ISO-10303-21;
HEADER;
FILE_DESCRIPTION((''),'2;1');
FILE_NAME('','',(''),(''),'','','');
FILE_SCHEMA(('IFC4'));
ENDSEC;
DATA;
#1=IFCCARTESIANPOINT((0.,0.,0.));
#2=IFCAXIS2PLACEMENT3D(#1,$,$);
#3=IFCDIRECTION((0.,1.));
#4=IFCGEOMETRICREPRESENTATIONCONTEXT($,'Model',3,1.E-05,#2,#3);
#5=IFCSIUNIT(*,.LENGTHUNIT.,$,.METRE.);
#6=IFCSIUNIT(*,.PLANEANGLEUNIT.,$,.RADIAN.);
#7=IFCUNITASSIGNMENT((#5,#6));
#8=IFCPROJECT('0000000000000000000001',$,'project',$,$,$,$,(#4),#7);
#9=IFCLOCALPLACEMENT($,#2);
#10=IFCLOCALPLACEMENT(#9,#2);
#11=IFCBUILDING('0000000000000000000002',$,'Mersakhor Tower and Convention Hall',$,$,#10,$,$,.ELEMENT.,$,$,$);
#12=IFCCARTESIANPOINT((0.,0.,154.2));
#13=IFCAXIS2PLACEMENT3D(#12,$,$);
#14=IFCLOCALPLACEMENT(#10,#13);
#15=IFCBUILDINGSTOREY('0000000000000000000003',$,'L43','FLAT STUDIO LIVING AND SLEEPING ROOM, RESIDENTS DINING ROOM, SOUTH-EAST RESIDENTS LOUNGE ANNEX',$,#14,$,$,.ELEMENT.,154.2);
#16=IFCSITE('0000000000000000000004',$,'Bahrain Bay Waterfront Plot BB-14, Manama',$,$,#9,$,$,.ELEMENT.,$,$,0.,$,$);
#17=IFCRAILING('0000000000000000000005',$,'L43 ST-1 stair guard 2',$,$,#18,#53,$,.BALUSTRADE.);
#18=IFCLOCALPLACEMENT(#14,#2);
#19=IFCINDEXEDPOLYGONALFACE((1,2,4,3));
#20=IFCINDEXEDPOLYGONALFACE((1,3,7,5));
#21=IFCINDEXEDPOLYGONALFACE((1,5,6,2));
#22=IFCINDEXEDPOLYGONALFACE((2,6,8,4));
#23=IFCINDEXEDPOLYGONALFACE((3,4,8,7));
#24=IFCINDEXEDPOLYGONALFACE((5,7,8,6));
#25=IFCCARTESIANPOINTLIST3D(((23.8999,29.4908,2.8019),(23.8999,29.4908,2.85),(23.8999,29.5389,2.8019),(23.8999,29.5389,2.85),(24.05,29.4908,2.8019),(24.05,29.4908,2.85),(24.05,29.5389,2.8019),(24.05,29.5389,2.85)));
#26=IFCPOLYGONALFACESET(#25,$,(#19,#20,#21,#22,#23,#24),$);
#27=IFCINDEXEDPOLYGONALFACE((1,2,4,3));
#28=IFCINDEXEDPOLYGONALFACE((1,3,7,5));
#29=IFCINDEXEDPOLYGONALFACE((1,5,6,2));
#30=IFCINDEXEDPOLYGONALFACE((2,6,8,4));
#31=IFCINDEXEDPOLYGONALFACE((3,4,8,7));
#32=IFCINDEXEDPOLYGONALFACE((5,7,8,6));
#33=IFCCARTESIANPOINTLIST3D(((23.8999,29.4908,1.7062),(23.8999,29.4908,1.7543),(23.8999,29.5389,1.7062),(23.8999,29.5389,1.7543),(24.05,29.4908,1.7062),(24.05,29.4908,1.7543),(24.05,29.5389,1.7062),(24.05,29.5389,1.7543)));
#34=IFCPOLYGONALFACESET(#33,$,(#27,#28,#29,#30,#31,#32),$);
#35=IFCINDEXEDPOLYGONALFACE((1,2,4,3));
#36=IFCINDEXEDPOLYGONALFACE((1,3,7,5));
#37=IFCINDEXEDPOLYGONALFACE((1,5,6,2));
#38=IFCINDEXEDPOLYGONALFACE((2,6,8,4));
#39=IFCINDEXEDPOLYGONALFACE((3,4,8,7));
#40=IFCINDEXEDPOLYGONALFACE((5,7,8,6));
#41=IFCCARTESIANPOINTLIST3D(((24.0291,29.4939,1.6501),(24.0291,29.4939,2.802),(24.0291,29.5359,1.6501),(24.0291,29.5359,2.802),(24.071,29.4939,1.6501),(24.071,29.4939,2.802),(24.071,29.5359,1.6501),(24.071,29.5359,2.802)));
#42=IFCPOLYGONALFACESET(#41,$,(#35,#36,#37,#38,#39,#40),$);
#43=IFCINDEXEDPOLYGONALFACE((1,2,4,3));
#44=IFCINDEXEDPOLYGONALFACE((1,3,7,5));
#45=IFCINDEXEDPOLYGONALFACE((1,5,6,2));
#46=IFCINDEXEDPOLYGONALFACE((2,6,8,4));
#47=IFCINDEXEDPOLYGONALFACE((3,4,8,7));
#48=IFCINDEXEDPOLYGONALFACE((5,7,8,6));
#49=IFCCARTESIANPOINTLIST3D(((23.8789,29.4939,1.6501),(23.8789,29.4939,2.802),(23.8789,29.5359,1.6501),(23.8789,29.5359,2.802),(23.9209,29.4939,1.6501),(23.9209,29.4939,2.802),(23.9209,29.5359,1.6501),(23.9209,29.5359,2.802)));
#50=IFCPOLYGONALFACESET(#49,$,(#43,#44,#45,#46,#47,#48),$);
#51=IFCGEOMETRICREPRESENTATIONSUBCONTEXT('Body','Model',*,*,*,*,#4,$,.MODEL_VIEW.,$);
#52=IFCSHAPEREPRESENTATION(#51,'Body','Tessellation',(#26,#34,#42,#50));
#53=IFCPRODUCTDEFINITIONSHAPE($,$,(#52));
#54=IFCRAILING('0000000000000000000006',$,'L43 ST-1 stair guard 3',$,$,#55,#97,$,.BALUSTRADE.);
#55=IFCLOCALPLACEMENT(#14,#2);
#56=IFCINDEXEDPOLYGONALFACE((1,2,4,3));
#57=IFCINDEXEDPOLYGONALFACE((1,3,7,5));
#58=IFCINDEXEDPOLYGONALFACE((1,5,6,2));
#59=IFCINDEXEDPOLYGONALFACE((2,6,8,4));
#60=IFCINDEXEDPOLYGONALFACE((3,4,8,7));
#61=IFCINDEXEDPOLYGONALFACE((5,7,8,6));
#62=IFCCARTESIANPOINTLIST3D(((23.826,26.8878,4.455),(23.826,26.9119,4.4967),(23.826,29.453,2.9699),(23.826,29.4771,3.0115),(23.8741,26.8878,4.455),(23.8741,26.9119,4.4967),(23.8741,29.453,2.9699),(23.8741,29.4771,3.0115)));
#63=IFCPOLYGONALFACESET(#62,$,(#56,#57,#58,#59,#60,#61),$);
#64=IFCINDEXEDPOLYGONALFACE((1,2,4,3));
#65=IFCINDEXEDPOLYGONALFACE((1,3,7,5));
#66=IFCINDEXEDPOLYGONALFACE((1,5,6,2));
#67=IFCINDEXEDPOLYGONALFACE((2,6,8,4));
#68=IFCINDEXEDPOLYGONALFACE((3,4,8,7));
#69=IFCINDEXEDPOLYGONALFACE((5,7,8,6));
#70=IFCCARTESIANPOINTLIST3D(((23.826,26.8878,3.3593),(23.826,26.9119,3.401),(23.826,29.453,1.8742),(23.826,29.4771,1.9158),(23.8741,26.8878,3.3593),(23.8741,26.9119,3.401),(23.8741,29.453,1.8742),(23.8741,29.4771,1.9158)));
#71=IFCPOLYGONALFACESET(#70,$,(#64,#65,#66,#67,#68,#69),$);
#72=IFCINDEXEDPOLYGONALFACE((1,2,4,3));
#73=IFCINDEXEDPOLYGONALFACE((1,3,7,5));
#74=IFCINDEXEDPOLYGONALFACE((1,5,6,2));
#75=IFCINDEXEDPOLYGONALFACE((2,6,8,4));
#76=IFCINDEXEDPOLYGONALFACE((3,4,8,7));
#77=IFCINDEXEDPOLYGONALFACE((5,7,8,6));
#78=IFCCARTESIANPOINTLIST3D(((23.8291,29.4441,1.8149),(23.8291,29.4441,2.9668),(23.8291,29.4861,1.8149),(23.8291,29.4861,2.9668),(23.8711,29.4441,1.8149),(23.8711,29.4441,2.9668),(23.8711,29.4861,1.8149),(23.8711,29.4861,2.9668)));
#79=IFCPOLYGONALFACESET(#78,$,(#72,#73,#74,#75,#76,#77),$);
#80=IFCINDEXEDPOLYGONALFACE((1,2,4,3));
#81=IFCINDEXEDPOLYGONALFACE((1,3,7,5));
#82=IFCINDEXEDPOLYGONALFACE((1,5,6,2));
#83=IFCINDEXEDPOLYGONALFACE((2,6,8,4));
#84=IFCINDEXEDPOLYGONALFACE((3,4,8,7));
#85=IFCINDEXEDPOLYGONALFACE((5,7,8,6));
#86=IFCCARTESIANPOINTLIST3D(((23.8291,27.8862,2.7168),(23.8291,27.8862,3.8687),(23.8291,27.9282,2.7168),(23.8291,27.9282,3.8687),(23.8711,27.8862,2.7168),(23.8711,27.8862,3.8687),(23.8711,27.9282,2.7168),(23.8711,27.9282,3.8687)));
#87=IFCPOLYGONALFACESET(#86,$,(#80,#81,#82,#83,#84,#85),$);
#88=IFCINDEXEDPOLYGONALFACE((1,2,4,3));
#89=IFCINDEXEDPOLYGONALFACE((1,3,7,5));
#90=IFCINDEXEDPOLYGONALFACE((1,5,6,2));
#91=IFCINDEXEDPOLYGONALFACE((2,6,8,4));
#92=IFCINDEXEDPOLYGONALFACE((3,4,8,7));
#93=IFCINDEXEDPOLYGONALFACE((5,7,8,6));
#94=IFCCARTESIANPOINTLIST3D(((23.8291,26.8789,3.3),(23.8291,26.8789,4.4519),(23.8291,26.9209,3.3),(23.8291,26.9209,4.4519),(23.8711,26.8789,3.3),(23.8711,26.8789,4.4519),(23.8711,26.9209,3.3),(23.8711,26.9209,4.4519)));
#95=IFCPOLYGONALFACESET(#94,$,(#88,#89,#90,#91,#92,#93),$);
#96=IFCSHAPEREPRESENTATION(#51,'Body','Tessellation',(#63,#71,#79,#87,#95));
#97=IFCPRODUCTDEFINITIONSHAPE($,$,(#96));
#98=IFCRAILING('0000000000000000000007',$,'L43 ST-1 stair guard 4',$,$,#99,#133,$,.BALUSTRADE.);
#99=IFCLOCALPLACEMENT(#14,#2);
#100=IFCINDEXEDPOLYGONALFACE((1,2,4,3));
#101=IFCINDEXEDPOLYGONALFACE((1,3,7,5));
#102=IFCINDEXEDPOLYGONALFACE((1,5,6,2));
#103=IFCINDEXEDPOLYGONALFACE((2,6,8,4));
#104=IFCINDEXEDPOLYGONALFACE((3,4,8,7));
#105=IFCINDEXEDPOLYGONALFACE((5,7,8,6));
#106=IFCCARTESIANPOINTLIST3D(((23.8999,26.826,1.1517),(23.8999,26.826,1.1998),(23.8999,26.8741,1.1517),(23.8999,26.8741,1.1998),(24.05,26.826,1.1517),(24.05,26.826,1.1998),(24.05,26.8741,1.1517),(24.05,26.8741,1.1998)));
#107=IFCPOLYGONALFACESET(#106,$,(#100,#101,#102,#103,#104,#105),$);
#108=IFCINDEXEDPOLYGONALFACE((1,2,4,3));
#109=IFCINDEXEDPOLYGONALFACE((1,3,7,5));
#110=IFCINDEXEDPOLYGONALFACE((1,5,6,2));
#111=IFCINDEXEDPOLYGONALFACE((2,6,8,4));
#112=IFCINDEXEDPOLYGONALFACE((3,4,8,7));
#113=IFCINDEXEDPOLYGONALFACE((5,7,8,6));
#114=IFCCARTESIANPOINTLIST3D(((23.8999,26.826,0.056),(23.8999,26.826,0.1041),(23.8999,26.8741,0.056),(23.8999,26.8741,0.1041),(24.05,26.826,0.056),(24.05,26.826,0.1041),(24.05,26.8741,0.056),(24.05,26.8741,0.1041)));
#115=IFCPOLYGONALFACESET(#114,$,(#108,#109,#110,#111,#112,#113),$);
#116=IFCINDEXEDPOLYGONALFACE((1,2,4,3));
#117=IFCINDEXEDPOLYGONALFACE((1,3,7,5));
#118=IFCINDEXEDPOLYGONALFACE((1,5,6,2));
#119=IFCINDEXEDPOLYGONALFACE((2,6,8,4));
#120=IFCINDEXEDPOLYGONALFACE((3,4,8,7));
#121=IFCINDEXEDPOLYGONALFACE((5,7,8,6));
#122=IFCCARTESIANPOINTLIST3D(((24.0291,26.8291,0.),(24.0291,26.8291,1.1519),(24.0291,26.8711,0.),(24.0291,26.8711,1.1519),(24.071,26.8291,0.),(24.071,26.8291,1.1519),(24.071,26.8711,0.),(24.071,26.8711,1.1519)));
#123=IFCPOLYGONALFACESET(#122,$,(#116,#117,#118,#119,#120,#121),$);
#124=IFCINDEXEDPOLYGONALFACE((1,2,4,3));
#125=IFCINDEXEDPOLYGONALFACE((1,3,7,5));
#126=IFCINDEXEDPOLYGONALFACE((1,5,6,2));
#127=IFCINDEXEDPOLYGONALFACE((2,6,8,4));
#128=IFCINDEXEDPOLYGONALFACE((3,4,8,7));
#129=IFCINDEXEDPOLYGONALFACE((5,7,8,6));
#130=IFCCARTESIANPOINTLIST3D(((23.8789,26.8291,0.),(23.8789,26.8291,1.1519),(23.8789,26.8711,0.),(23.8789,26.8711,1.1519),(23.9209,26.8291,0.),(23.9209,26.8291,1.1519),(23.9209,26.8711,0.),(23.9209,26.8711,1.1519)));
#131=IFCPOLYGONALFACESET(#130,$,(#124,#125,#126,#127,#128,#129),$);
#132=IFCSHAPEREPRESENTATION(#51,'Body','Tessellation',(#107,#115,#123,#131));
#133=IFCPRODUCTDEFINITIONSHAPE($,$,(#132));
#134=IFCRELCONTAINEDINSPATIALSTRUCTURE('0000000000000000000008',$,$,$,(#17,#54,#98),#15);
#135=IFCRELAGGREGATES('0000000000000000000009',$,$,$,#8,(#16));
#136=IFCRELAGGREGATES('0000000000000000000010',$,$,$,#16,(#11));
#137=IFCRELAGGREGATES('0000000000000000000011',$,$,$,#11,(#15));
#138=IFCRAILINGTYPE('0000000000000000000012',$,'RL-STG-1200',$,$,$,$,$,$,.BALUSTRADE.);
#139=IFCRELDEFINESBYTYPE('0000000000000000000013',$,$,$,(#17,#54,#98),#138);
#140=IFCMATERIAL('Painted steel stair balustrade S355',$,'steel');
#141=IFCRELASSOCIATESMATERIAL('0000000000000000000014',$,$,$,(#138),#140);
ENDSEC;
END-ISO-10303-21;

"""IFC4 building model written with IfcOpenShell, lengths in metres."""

from ifc_helpers import new_model, si_unit, direction, frame, origin, origin_2d, place, context, subcontext, project, spatial, rectangle, extrude, material, type_object, element, save


model = new_model("IFC4")

# Units and contexts
model_context = context("Model", 3, precision=1e-05, world=origin(), true_north=direction((0.0, 1.0)))
body_context = subcontext(model_context, "Body", "Model", "MODEL_VIEW")
ifc_project = project(units=[si_unit("LENGTHUNIT", "METRE"), si_unit("PLANEANGLEUNIT", "RADIAN")], contexts=[model_context])

# Site, building, storey
site_placement = place(None, origin())
site = spatial("IfcSite", under=ifc_project, at=site_placement, Name="Bahrain Bay Waterfront Plot BB-14, Manama", CompositionType="ELEMENT", RefElevation=0.0)
building_placement = place(site_placement, origin())
building = spatial("IfcBuilding", under=site, at=building_placement, Name="Mersakhor Tower and Convention Hall", CompositionType="ELEMENT")
storey_placement = place(building_placement, frame((0.0, 0.0, 154.2)))
storey = spatial("IfcBuildingStorey", under=building, at=storey_placement, Name="L43", Description="FLAT STUDIO LIVING AND SLEEPING ROOM, RESIDENTS DINING ROOM, SOUTH-EAST RESIDENTS LOUNGE ANNEX", CompositionType="ELEMENT", Elevation=154.2)

# Railings
ifc_material_1 = material(Name="Painted steel stair balustrade S355", Category="steel")
railing_type_1 = type_object("IfcRailingType", Name="RL-STG-1200", PredefinedType="BALUSTRADE", material=ifc_material_1)
railing_1_placement = place(storey_placement, frame((24.05, 29.5149, 1.6501)))
element("IfcRailing", 1, at=railing_1_placement, inside=storey, type_object=railing_type_1, Name="L43 ST-1 stair guard 2", PredefinedType="BALUSTRADE", context=body_context, shape_type="SweptSolid", body=[
    extrude(rectangle(XDim=0.0481, YDim=0.0481, at=origin_2d()), frame((0.0, 0.0, 1.1758), z_axis=(-1.0, 0.0, 0.0), x_axis=(0.0, -1.0, 0.0)), (0.0, 0.0, 1.0), 0.1501),
    extrude(rectangle(XDim=0.0481, YDim=0.0481, at=origin_2d()), frame((0.0, 0.0, 0.0801), z_axis=(-1.0, 0.0, 0.0), x_axis=(0.0, -1.0, 0.0)), (0.0, 0.0, 1.0), 0.1501),
    extrude(rectangle(XDim=0.042, YDim=0.042, at=origin_2d()), origin(), (0.0, 0.0, 1.0), 1.1519),
    extrude(rectangle(XDim=0.042, YDim=0.042, at=origin_2d()), frame((-0.1501, 0.0, 0.0)), (0.0, 0.0, 1.0), 1.1519),
])
railing_2_placement = place(storey_placement, frame((23.8501, 29.4651, 1.8149)))
element("IfcRailing", 2, at=railing_2_placement, inside=storey, type_object=railing_type_1, Name="L43 ST-1 stair guard 3", PredefinedType="BALUSTRADE", context=body_context, shape_type="SweptSolid", body=[
    extrude(rectangle(XDim=0.0481, YDim=0.0481, at=origin_2d()), frame((0.0, 0.0, 1.1758), z_axis=(0.0, -0.865426, 0.501036), x_axis=(1.0, 0.0, 0.0)), (0.0, 0.0, 1.0), 2.9641),
    extrude(rectangle(XDim=0.0481, YDim=0.0481, at=origin_2d()), frame((0.0, 0.0, 0.0801), z_axis=(0.0, -0.865426, 0.501036), x_axis=(1.0, 0.0, 0.0)), (0.0, 0.0, 1.0), 2.9641),
    extrude(rectangle(XDim=0.042, YDim=0.042, at=origin_2d()), origin(), (0.0, 0.0, 1.0), 1.1519),
    extrude(rectangle(XDim=0.042, YDim=0.042, at=origin_2d()), frame((0.0, -1.5579, 0.9019)), (0.0, 0.0, 1.0), 1.1519),
    extrude(rectangle(XDim=0.042, YDim=0.042, at=origin_2d()), frame((0.0, -2.5652, 1.4851)), (0.0, 0.0, 1.0), 1.1519),
])
railing_3_placement = place(storey_placement, frame((24.05, 26.8501, 0.0)))
element("IfcRailing", 3, at=railing_3_placement, inside=storey, type_object=railing_type_1, Name="L43 ST-1 stair guard 4", PredefinedType="BALUSTRADE", context=body_context, shape_type="SweptSolid", body=[
    extrude(rectangle(XDim=0.0481, YDim=0.0481, at=origin_2d()), frame((0.0, 0.0, 1.1758), z_axis=(-1.0, 0.0, 0.0), x_axis=(0.0, -1.0, 0.0)), (0.0, 0.0, 1.0), 0.1501),
    extrude(rectangle(XDim=0.0481, YDim=0.0481, at=origin_2d()), frame((0.0, 0.0, 0.0801), z_axis=(-1.0, 0.0, 0.0), x_axis=(0.0, -1.0, 0.0)), (0.0, 0.0, 1.0), 0.1501),
    extrude(rectangle(XDim=0.042, YDim=0.042, at=origin_2d()), origin(), (0.0, 0.0, 1.0), 1.1519),
    extrude(rectangle(XDim=0.042, YDim=0.042, at=origin_2d()), frame((-0.1501, 0.0, 0.0)), (0.0, 0.0, 1.0), 1.1519),
])

save(model, "model.ifc")
